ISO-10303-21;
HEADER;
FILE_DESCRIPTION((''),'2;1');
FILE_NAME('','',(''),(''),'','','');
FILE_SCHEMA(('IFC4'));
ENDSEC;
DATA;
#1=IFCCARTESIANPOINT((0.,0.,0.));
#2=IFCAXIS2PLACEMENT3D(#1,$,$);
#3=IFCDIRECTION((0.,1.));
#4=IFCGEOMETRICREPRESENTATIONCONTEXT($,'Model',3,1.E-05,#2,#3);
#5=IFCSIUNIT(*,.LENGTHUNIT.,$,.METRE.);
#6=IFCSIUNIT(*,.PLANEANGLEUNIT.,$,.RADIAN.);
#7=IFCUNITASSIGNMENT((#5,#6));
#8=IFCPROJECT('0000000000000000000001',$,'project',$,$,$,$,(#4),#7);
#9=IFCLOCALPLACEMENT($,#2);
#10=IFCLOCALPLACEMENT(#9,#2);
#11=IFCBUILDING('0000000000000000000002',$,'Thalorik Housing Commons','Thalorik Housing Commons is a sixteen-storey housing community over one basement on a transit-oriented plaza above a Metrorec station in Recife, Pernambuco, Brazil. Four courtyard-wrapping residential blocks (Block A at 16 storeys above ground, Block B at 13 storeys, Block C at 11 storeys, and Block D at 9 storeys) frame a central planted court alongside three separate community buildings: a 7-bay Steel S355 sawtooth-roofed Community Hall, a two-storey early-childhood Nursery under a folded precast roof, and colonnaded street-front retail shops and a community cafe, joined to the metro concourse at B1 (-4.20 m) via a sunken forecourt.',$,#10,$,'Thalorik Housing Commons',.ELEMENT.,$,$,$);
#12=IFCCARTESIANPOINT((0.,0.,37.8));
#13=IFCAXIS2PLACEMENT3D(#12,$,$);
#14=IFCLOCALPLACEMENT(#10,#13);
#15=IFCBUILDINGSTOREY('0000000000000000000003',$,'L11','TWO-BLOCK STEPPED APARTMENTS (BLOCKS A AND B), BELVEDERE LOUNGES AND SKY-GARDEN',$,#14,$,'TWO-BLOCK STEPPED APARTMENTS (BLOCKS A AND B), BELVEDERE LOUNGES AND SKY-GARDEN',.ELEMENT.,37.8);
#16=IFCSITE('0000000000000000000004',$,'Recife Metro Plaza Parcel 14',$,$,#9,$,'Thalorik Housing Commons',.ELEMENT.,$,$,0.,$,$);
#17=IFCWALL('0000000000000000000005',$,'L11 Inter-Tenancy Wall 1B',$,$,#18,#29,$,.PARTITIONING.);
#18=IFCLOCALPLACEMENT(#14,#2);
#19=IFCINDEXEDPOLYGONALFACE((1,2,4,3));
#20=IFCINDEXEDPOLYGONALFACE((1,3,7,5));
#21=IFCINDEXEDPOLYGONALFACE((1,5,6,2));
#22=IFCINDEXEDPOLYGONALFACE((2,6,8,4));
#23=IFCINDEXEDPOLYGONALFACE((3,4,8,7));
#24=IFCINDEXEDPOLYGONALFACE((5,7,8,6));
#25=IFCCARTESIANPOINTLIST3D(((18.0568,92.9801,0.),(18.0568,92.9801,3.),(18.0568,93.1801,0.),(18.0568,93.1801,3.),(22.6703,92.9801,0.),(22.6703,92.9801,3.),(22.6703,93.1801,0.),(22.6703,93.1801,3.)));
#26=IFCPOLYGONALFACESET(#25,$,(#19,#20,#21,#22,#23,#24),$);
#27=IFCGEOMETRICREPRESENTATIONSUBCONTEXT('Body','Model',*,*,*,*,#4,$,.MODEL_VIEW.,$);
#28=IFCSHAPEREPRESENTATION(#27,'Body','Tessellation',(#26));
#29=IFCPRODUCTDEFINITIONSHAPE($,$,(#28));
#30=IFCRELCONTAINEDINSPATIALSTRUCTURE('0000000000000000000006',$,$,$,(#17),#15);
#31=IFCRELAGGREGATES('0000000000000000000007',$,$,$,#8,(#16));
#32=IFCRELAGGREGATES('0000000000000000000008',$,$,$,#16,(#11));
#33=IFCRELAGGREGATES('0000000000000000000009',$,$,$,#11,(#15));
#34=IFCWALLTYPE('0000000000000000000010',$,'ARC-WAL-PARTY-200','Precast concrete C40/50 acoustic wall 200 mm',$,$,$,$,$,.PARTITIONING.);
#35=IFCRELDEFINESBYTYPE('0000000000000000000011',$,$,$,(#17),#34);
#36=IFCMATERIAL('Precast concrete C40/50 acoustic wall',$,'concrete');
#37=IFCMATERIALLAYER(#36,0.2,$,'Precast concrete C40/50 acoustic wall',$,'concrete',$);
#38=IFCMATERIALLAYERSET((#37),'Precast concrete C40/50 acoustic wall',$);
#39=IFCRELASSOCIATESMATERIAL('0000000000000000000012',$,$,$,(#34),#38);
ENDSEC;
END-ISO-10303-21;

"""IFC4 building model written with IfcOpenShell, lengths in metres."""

from ifc_helpers import new_model, si_unit, direction, frame, frame_2d, origin, place, context, subcontext, project, spatial, rectangle, extrude, material, layer, layer_set, type_object, element, save


model = new_model("IFC4")

# Units and contexts
model_context = context("Model", 3, precision=1e-05, world=origin(), true_north=direction((0.0, 1.0)))
body_context = subcontext(model_context, "Body", "Model", "MODEL_VIEW")
ifc_project = project(units=[si_unit("LENGTHUNIT", "METRE"), si_unit("PLANEANGLEUNIT", "RADIAN")], contexts=[model_context])

# Site, building, storey
site_placement = place(None, origin())
site = spatial("IfcSite", under=ifc_project, at=site_placement, Name="Recife Metro Plaza Parcel 14", LongName="Thalorik Housing Commons", CompositionType="ELEMENT", RefElevation=0.0)
building_placement = place(site_placement, origin())
building = spatial("IfcBuilding", under=site, at=building_placement, Name="Thalorik Housing Commons", Description="Thalorik Housing Commons is a sixteen-storey housing community over one basement on a transit-oriented plaza above a Metrorec station in Recife, Pernambuco, Brazil. Four courtyard-wrapping residential blocks (Block A at 16 storeys above ground, Block B at 13 storeys, Block C at 11 storeys, and Block D at 9 storeys) frame a central planted court alongside three separate community buildings: a 7-bay Steel S355 sawtooth-roofed Community Hall, a two-storey early-childhood Nursery under a folded precast roof, and colonnaded street-front retail shops and a community cafe, joined to the metro concourse at B1 (-4.20 m) via a sunken forecourt.", LongName="Thalorik Housing Commons", CompositionType="ELEMENT")
storey_placement = place(building_placement, frame((0.0, 0.0, 37.8)))
storey = spatial("IfcBuildingStorey", under=building, at=storey_placement, Name="L11", Description="TWO-BLOCK STEPPED APARTMENTS (BLOCKS A AND B), BELVEDERE LOUNGES AND SKY-GARDEN", LongName="TWO-BLOCK STEPPED APARTMENTS (BLOCKS A AND B), BELVEDERE LOUNGES AND SKY-GARDEN", CompositionType="ELEMENT", Elevation=37.8)

# Wall
ifc_material_1 = material(Name="Precast concrete C40/50 acoustic wall", Category="concrete")
ifc_layer_1 = layer(ifc_material_1, 0.2, Name="Precast concrete C40/50 acoustic wall", Category="concrete")
ifc_layer_set_1 = layer_set([ifc_layer_1], Name="Precast concrete C40/50 acoustic wall")
wall_type_1 = type_object("IfcWallType", Name="ARC-WAL-PARTY-200", Description="Precast concrete C40/50 acoustic wall 200 mm", PredefinedType="PARTITIONING", material=ifc_layer_set_1)
wall_1_placement = place(storey_placement, frame((18.0569, 93.0801, 0.0), z_axis=(0.0, 0.0, 1.0), x_axis=(1.0, 0.0, 0.0)))
element("IfcWall", 1, at=wall_1_placement, inside=storey, type_object=wall_type_1, Name="L11 Inter-Tenancy Wall 1B", PredefinedType="PARTITIONING", context=body_context, shape_type="SweptSolid", body=[
    extrude(rectangle(XDim=4.6135, YDim=0.2, at=frame_2d((2.3066, 0.0))), origin(), (0.0, 0.0, 1.0), 3.0),
])

save(model, "model.ifc")
